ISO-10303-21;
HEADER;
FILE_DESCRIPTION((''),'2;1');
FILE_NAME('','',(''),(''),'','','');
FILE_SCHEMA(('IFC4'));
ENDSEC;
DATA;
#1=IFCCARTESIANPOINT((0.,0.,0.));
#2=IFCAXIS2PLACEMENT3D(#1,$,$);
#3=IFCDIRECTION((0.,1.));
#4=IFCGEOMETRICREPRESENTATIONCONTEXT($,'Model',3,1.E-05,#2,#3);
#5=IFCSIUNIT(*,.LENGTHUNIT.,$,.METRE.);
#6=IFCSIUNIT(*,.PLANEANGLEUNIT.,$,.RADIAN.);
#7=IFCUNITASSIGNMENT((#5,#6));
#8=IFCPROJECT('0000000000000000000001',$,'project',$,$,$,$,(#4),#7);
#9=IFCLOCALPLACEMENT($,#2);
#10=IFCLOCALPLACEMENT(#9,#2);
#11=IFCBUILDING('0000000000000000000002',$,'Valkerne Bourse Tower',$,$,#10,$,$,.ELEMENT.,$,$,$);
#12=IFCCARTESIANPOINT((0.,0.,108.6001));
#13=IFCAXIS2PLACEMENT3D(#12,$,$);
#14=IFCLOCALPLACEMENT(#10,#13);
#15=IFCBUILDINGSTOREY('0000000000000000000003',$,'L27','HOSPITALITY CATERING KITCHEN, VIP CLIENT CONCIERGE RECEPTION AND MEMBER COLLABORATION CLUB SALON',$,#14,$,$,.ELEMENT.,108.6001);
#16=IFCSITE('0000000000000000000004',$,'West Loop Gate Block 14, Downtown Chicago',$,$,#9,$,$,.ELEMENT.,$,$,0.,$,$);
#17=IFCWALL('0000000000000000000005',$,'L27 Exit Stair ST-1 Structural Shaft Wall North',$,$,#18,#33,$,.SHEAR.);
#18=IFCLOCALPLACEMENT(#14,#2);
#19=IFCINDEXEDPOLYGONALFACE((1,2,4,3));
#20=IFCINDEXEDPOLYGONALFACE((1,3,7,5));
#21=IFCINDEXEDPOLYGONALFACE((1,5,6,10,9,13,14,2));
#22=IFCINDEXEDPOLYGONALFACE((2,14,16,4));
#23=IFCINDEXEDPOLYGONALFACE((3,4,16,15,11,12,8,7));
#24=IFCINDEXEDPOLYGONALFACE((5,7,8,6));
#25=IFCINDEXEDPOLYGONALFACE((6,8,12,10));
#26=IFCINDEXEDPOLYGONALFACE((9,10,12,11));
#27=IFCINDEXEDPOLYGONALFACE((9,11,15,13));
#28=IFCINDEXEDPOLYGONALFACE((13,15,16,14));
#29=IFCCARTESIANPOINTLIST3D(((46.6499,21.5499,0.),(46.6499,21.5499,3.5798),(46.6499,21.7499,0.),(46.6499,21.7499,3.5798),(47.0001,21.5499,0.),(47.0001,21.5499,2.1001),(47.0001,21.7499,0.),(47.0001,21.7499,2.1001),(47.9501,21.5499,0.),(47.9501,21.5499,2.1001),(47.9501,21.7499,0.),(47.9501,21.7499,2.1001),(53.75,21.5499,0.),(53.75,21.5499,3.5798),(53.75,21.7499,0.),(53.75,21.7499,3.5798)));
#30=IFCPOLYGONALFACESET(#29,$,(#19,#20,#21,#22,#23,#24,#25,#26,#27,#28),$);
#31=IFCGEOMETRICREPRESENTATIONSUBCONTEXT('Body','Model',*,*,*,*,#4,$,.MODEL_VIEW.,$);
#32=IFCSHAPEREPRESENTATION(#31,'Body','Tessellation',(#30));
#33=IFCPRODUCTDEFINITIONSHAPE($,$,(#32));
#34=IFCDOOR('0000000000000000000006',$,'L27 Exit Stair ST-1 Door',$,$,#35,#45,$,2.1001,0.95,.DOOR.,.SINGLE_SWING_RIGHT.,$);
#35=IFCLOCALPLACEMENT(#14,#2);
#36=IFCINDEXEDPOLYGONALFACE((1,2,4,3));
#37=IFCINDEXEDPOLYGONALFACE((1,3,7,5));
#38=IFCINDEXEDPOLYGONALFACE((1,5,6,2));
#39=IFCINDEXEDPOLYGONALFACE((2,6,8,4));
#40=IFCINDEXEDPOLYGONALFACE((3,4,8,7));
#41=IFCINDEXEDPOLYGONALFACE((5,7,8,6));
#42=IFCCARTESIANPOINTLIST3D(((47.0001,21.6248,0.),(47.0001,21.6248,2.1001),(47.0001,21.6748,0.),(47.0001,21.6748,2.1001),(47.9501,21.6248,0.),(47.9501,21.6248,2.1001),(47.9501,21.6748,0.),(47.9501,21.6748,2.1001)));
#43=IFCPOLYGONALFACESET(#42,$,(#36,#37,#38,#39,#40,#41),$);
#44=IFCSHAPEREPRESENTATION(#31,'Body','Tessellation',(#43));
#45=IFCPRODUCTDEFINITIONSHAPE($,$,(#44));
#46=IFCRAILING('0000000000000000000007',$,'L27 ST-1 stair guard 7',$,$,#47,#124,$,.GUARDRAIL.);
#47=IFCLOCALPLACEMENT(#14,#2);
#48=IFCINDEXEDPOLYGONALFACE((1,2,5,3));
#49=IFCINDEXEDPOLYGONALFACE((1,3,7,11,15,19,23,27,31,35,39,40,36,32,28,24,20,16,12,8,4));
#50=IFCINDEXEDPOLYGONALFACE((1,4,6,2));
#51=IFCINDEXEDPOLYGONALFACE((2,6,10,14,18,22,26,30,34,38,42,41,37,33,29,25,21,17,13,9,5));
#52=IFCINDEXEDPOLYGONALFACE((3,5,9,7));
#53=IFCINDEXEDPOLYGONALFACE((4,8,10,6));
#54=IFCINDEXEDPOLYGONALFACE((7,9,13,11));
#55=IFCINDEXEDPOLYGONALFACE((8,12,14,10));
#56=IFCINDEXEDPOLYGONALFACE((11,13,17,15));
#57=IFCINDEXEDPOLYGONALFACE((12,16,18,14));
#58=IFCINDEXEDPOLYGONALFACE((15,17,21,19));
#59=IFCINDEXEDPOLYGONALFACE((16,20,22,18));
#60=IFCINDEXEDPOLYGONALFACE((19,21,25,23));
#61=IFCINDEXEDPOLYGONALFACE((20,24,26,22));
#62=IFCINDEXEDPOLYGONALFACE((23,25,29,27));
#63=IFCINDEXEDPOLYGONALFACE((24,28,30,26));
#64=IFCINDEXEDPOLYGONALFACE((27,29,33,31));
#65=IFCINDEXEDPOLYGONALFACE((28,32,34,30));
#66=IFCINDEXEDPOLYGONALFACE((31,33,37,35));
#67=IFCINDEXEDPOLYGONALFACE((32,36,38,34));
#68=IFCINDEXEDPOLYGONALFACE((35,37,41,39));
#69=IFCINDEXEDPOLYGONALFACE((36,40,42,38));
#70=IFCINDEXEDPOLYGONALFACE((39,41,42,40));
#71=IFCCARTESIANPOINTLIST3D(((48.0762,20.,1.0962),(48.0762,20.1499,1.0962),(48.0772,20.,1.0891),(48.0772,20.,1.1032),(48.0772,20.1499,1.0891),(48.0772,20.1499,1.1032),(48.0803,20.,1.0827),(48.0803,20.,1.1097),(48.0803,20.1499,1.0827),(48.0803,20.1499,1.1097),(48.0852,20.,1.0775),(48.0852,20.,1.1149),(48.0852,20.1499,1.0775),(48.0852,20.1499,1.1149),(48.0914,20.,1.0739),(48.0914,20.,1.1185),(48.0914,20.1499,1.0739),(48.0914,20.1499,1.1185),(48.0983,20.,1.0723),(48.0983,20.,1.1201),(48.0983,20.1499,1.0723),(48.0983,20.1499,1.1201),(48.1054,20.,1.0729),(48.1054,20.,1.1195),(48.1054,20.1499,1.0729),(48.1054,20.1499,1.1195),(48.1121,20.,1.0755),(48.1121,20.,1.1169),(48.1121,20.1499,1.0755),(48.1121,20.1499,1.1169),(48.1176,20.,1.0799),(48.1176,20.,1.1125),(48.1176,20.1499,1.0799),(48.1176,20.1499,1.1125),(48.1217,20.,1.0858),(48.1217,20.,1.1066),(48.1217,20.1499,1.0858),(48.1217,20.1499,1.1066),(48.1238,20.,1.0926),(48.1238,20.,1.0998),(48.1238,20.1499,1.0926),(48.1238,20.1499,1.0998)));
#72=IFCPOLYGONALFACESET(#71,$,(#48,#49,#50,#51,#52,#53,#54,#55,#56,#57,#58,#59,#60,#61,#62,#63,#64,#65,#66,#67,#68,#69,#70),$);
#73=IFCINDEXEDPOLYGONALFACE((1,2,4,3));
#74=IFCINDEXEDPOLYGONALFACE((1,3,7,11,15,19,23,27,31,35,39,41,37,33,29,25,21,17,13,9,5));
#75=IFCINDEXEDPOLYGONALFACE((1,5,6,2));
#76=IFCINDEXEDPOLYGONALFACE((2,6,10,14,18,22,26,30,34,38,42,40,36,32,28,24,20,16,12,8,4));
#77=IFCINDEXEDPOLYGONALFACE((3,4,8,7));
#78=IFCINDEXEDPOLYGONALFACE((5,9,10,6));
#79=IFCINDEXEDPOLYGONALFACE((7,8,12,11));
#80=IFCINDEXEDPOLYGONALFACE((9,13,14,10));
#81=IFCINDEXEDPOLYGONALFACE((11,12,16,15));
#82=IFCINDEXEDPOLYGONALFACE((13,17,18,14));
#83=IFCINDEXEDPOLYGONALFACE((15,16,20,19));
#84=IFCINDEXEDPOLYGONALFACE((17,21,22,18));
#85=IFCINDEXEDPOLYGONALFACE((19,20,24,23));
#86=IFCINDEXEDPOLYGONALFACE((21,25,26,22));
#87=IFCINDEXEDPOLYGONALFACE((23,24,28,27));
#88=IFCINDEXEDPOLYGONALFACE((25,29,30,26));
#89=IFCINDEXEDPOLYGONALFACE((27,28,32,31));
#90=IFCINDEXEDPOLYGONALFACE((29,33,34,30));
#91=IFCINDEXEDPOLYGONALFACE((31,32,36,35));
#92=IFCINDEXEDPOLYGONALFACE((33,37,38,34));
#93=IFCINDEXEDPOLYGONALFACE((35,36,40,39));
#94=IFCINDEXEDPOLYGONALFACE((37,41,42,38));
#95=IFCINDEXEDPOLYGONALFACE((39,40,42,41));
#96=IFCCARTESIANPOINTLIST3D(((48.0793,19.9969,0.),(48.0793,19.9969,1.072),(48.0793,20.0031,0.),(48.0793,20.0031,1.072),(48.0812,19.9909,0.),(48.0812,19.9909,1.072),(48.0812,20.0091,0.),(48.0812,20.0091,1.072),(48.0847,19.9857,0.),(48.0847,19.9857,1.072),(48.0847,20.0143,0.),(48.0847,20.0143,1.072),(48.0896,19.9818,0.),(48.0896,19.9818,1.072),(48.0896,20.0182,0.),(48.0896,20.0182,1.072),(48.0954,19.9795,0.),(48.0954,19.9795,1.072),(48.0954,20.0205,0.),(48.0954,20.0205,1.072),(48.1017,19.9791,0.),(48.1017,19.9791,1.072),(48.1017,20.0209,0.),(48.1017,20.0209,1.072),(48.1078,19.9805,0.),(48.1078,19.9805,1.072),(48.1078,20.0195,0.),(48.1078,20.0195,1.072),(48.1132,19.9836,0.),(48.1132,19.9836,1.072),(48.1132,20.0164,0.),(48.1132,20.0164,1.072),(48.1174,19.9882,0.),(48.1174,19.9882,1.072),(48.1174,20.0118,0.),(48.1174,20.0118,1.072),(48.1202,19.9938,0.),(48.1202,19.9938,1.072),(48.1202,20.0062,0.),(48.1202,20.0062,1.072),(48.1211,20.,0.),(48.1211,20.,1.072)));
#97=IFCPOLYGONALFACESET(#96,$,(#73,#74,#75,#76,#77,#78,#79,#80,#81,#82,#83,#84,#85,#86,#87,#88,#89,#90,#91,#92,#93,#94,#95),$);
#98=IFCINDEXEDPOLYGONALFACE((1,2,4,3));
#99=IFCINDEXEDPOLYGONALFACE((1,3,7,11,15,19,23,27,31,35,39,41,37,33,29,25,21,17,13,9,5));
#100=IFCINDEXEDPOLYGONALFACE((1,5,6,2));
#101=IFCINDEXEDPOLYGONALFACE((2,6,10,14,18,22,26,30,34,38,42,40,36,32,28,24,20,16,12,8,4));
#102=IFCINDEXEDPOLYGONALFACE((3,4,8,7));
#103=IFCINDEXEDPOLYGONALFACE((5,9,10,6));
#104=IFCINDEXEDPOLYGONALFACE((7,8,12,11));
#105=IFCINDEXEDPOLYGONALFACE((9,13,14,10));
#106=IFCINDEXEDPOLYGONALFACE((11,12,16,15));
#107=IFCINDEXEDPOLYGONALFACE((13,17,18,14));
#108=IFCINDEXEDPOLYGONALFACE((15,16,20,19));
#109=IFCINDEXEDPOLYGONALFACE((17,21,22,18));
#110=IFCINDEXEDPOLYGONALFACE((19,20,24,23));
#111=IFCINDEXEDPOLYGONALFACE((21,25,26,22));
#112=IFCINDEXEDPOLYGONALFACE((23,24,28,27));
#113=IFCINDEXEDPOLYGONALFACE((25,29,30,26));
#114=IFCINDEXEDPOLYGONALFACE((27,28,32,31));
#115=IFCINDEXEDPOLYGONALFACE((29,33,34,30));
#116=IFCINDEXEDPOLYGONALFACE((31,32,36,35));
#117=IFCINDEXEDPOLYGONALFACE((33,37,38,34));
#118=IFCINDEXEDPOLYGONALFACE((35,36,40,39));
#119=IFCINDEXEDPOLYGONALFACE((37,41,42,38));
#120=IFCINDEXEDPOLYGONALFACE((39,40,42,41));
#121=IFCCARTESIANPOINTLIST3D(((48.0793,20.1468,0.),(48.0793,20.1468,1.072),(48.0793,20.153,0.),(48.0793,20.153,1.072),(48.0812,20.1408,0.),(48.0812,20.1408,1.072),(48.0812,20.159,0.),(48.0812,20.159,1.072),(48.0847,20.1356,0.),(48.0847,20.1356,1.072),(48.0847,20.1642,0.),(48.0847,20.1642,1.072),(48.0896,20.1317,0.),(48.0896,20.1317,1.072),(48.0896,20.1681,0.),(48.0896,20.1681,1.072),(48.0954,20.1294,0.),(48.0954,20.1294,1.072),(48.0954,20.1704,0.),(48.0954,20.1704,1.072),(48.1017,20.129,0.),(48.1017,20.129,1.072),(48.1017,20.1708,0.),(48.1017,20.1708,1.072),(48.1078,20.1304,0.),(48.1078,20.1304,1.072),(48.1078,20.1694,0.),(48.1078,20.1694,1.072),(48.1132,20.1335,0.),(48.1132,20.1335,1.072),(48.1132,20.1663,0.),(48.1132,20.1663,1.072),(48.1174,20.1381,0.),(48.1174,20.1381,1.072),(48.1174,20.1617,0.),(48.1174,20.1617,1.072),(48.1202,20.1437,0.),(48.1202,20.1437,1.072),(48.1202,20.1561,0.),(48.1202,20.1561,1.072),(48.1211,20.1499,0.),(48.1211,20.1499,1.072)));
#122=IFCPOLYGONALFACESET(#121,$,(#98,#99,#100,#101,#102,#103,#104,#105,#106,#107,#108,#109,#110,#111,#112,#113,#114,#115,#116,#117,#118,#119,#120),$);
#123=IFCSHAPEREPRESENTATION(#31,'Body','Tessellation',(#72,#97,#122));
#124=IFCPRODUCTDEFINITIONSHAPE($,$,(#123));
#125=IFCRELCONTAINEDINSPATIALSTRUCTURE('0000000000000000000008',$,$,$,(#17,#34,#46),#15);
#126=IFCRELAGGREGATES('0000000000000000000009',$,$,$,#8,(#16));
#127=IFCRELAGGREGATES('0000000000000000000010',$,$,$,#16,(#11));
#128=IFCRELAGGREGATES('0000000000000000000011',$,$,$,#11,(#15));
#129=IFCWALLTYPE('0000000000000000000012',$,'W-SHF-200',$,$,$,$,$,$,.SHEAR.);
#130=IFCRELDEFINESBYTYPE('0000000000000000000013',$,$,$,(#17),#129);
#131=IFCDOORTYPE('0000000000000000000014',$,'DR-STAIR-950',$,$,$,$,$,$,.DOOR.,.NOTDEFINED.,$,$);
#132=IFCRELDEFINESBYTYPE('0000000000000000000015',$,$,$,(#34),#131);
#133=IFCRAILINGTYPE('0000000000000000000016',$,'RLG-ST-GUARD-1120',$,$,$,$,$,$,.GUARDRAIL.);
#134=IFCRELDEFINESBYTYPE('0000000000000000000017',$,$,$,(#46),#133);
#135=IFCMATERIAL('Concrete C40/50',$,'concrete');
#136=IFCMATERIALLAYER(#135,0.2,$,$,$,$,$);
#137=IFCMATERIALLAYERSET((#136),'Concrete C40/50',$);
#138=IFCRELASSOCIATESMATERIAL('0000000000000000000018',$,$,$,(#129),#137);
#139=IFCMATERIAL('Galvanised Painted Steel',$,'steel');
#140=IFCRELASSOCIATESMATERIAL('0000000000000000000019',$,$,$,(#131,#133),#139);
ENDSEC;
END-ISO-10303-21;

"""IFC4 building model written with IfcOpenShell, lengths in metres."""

from ifc_helpers import new_model, si_unit, direction, frame, frame_2d, origin, origin_2d, place, context, subcontext, project, spatial, rectangle, circle, extrude, material, layer, layer_set, type_object, element, fill, save


model = new_model("IFC4")

# Units and contexts
model_context = context("Model", 3, precision=1e-05, world=origin(), true_north=direction((0.0, 1.0)))
body_context = subcontext(model_context, "Body", "Model", "MODEL_VIEW")
ifc_project = project(units=[si_unit("LENGTHUNIT", "METRE"), si_unit("PLANEANGLEUNIT", "RADIAN")], contexts=[model_context])

# Site, building, storey
site_placement = place(None, origin())
site = spatial("IfcSite", under=ifc_project, at=site_placement, Name="West Loop Gate Block 14, Downtown Chicago", CompositionType="ELEMENT", RefElevation=0.0)
building_placement = place(site_placement, origin())
building = spatial("IfcBuilding", under=site, at=building_placement, Name="Valkerne Bourse Tower", CompositionType="ELEMENT")
storey_placement = place(building_placement, frame((0.0, 0.0, 108.6001)))
storey = spatial("IfcBuildingStorey", under=building, at=storey_placement, Name="L27", Description="HOSPITALITY CATERING KITCHEN, VIP CLIENT CONCIERGE RECEPTION AND MEMBER COLLABORATION CLUB SALON", CompositionType="ELEMENT", Elevation=108.6001)

# Shared definitions
ifc_material_1 = material(Name="Galvanised Painted Steel", Category="steel")

# Wall, opening, door
ifc_material_2 = material(Name="Concrete C40/50", Category="concrete")
ifc_layer_1 = layer(ifc_material_2, 0.2)
ifc_layer_set_1 = layer_set([ifc_layer_1], Name="Concrete C40/50")
wall_type_1 = type_object("IfcWallType", Name="W-SHF-200", PredefinedType="SHEAR", material=ifc_layer_set_1)
wall_1_placement = place(storey_placement, frame((46.6499, 21.6499, 0.0), z_axis=(0.0, 0.0, 1.0), x_axis=(1.0, 0.0, 0.0)))
wall_1 = element("IfcWall", 1, at=wall_1_placement, inside=storey, type_object=wall_type_1, Name="L27 Exit Stair ST-1 Structural Shaft Wall North", PredefinedType="SHEAR", context=body_context, shape_type="SweptSolid", body=[
    extrude(rectangle(XDim=7.1001, YDim=0.2, at=frame_2d((3.55, 0.0))), origin(), (0.0, 0.0, 1.0), 3.5798),
])
opening_1_placement = place(wall_1_placement, frame((0.3501, 0.0, 0.0)))
opening_1 = element("IfcOpeningElement", 2, at=opening_1_placement, cuts=wall_1, PredefinedType="OPENING", context=body_context, shape_type="SweptSolid", body=[
    extrude(rectangle(XDim=0.95, YDim=2.1001, at=frame_2d((0.4751, 1.05))), frame((0.0, 0.1099, 0.0), z_axis=(0.0, -1.0, 0.0), x_axis=(1.0, 0.0, 0.0)), (0.0, 0.0, 1.0), 0.22),
])
door_type_1 = type_object("IfcDoorType", Name="DR-STAIR-950", OperationType="NOTDEFINED", PredefinedType="DOOR", material=ifc_material_1)
door_1_placement = place(opening_1_placement, origin())
door_1 = element("IfcDoor", 3, at=door_1_placement, inside=storey, type_object=door_type_1, Name="L27 Exit Stair ST-1 Door", OperationType="SINGLE_SWING_RIGHT", OverallHeight=2.1001, OverallWidth=0.95, PredefinedType="DOOR", context=body_context, shape_type="SweptSolid", body=[
    extrude(rectangle(XDim=0.95, YDim=2.1001, at=frame_2d((0.4751, 1.05))), frame((0.0, 0.0249, 0.0), z_axis=(0.0, -1.0, 0.0), x_axis=(1.0, 0.0, 0.0)), (0.0, 0.0, 1.0), 0.05),
])
fill(opening_1, door_1)

# Railing
railing_type_1 = type_object("IfcRailingType", Name="RLG-ST-GUARD-1120", PredefinedType="GUARDRAIL", material=ifc_material_1)
railing_1_placement = place(storey_placement, frame((48.1001, 20.0, 0.0)))
element("IfcRailing", 4, at=railing_1_placement, inside=storey, type_object=railing_type_1, Name="L27 ST-1 stair guard 7", PredefinedType="GUARDRAIL", context=body_context, shape_type="SweptSolid", body=[
    extrude(circle(Radius=0.0239, at=origin_2d()), frame((0.0, 0.0, 1.0962), z_axis=(0.0, 1.0, 0.0), x_axis=(-1.0, 0.0, 0.0)), (0.0, 0.0, 1.0), 0.1499),
    extrude(circle(Radius=0.021, at=origin_2d()), origin(), (0.0, 0.0, 1.0), 1.072),
    extrude(circle(Radius=0.021, at=origin_2d()), frame((0.0, 0.1499, 0.0)), (0.0, 0.0, 1.0), 1.072),
])

save(model, "model.ifc")
